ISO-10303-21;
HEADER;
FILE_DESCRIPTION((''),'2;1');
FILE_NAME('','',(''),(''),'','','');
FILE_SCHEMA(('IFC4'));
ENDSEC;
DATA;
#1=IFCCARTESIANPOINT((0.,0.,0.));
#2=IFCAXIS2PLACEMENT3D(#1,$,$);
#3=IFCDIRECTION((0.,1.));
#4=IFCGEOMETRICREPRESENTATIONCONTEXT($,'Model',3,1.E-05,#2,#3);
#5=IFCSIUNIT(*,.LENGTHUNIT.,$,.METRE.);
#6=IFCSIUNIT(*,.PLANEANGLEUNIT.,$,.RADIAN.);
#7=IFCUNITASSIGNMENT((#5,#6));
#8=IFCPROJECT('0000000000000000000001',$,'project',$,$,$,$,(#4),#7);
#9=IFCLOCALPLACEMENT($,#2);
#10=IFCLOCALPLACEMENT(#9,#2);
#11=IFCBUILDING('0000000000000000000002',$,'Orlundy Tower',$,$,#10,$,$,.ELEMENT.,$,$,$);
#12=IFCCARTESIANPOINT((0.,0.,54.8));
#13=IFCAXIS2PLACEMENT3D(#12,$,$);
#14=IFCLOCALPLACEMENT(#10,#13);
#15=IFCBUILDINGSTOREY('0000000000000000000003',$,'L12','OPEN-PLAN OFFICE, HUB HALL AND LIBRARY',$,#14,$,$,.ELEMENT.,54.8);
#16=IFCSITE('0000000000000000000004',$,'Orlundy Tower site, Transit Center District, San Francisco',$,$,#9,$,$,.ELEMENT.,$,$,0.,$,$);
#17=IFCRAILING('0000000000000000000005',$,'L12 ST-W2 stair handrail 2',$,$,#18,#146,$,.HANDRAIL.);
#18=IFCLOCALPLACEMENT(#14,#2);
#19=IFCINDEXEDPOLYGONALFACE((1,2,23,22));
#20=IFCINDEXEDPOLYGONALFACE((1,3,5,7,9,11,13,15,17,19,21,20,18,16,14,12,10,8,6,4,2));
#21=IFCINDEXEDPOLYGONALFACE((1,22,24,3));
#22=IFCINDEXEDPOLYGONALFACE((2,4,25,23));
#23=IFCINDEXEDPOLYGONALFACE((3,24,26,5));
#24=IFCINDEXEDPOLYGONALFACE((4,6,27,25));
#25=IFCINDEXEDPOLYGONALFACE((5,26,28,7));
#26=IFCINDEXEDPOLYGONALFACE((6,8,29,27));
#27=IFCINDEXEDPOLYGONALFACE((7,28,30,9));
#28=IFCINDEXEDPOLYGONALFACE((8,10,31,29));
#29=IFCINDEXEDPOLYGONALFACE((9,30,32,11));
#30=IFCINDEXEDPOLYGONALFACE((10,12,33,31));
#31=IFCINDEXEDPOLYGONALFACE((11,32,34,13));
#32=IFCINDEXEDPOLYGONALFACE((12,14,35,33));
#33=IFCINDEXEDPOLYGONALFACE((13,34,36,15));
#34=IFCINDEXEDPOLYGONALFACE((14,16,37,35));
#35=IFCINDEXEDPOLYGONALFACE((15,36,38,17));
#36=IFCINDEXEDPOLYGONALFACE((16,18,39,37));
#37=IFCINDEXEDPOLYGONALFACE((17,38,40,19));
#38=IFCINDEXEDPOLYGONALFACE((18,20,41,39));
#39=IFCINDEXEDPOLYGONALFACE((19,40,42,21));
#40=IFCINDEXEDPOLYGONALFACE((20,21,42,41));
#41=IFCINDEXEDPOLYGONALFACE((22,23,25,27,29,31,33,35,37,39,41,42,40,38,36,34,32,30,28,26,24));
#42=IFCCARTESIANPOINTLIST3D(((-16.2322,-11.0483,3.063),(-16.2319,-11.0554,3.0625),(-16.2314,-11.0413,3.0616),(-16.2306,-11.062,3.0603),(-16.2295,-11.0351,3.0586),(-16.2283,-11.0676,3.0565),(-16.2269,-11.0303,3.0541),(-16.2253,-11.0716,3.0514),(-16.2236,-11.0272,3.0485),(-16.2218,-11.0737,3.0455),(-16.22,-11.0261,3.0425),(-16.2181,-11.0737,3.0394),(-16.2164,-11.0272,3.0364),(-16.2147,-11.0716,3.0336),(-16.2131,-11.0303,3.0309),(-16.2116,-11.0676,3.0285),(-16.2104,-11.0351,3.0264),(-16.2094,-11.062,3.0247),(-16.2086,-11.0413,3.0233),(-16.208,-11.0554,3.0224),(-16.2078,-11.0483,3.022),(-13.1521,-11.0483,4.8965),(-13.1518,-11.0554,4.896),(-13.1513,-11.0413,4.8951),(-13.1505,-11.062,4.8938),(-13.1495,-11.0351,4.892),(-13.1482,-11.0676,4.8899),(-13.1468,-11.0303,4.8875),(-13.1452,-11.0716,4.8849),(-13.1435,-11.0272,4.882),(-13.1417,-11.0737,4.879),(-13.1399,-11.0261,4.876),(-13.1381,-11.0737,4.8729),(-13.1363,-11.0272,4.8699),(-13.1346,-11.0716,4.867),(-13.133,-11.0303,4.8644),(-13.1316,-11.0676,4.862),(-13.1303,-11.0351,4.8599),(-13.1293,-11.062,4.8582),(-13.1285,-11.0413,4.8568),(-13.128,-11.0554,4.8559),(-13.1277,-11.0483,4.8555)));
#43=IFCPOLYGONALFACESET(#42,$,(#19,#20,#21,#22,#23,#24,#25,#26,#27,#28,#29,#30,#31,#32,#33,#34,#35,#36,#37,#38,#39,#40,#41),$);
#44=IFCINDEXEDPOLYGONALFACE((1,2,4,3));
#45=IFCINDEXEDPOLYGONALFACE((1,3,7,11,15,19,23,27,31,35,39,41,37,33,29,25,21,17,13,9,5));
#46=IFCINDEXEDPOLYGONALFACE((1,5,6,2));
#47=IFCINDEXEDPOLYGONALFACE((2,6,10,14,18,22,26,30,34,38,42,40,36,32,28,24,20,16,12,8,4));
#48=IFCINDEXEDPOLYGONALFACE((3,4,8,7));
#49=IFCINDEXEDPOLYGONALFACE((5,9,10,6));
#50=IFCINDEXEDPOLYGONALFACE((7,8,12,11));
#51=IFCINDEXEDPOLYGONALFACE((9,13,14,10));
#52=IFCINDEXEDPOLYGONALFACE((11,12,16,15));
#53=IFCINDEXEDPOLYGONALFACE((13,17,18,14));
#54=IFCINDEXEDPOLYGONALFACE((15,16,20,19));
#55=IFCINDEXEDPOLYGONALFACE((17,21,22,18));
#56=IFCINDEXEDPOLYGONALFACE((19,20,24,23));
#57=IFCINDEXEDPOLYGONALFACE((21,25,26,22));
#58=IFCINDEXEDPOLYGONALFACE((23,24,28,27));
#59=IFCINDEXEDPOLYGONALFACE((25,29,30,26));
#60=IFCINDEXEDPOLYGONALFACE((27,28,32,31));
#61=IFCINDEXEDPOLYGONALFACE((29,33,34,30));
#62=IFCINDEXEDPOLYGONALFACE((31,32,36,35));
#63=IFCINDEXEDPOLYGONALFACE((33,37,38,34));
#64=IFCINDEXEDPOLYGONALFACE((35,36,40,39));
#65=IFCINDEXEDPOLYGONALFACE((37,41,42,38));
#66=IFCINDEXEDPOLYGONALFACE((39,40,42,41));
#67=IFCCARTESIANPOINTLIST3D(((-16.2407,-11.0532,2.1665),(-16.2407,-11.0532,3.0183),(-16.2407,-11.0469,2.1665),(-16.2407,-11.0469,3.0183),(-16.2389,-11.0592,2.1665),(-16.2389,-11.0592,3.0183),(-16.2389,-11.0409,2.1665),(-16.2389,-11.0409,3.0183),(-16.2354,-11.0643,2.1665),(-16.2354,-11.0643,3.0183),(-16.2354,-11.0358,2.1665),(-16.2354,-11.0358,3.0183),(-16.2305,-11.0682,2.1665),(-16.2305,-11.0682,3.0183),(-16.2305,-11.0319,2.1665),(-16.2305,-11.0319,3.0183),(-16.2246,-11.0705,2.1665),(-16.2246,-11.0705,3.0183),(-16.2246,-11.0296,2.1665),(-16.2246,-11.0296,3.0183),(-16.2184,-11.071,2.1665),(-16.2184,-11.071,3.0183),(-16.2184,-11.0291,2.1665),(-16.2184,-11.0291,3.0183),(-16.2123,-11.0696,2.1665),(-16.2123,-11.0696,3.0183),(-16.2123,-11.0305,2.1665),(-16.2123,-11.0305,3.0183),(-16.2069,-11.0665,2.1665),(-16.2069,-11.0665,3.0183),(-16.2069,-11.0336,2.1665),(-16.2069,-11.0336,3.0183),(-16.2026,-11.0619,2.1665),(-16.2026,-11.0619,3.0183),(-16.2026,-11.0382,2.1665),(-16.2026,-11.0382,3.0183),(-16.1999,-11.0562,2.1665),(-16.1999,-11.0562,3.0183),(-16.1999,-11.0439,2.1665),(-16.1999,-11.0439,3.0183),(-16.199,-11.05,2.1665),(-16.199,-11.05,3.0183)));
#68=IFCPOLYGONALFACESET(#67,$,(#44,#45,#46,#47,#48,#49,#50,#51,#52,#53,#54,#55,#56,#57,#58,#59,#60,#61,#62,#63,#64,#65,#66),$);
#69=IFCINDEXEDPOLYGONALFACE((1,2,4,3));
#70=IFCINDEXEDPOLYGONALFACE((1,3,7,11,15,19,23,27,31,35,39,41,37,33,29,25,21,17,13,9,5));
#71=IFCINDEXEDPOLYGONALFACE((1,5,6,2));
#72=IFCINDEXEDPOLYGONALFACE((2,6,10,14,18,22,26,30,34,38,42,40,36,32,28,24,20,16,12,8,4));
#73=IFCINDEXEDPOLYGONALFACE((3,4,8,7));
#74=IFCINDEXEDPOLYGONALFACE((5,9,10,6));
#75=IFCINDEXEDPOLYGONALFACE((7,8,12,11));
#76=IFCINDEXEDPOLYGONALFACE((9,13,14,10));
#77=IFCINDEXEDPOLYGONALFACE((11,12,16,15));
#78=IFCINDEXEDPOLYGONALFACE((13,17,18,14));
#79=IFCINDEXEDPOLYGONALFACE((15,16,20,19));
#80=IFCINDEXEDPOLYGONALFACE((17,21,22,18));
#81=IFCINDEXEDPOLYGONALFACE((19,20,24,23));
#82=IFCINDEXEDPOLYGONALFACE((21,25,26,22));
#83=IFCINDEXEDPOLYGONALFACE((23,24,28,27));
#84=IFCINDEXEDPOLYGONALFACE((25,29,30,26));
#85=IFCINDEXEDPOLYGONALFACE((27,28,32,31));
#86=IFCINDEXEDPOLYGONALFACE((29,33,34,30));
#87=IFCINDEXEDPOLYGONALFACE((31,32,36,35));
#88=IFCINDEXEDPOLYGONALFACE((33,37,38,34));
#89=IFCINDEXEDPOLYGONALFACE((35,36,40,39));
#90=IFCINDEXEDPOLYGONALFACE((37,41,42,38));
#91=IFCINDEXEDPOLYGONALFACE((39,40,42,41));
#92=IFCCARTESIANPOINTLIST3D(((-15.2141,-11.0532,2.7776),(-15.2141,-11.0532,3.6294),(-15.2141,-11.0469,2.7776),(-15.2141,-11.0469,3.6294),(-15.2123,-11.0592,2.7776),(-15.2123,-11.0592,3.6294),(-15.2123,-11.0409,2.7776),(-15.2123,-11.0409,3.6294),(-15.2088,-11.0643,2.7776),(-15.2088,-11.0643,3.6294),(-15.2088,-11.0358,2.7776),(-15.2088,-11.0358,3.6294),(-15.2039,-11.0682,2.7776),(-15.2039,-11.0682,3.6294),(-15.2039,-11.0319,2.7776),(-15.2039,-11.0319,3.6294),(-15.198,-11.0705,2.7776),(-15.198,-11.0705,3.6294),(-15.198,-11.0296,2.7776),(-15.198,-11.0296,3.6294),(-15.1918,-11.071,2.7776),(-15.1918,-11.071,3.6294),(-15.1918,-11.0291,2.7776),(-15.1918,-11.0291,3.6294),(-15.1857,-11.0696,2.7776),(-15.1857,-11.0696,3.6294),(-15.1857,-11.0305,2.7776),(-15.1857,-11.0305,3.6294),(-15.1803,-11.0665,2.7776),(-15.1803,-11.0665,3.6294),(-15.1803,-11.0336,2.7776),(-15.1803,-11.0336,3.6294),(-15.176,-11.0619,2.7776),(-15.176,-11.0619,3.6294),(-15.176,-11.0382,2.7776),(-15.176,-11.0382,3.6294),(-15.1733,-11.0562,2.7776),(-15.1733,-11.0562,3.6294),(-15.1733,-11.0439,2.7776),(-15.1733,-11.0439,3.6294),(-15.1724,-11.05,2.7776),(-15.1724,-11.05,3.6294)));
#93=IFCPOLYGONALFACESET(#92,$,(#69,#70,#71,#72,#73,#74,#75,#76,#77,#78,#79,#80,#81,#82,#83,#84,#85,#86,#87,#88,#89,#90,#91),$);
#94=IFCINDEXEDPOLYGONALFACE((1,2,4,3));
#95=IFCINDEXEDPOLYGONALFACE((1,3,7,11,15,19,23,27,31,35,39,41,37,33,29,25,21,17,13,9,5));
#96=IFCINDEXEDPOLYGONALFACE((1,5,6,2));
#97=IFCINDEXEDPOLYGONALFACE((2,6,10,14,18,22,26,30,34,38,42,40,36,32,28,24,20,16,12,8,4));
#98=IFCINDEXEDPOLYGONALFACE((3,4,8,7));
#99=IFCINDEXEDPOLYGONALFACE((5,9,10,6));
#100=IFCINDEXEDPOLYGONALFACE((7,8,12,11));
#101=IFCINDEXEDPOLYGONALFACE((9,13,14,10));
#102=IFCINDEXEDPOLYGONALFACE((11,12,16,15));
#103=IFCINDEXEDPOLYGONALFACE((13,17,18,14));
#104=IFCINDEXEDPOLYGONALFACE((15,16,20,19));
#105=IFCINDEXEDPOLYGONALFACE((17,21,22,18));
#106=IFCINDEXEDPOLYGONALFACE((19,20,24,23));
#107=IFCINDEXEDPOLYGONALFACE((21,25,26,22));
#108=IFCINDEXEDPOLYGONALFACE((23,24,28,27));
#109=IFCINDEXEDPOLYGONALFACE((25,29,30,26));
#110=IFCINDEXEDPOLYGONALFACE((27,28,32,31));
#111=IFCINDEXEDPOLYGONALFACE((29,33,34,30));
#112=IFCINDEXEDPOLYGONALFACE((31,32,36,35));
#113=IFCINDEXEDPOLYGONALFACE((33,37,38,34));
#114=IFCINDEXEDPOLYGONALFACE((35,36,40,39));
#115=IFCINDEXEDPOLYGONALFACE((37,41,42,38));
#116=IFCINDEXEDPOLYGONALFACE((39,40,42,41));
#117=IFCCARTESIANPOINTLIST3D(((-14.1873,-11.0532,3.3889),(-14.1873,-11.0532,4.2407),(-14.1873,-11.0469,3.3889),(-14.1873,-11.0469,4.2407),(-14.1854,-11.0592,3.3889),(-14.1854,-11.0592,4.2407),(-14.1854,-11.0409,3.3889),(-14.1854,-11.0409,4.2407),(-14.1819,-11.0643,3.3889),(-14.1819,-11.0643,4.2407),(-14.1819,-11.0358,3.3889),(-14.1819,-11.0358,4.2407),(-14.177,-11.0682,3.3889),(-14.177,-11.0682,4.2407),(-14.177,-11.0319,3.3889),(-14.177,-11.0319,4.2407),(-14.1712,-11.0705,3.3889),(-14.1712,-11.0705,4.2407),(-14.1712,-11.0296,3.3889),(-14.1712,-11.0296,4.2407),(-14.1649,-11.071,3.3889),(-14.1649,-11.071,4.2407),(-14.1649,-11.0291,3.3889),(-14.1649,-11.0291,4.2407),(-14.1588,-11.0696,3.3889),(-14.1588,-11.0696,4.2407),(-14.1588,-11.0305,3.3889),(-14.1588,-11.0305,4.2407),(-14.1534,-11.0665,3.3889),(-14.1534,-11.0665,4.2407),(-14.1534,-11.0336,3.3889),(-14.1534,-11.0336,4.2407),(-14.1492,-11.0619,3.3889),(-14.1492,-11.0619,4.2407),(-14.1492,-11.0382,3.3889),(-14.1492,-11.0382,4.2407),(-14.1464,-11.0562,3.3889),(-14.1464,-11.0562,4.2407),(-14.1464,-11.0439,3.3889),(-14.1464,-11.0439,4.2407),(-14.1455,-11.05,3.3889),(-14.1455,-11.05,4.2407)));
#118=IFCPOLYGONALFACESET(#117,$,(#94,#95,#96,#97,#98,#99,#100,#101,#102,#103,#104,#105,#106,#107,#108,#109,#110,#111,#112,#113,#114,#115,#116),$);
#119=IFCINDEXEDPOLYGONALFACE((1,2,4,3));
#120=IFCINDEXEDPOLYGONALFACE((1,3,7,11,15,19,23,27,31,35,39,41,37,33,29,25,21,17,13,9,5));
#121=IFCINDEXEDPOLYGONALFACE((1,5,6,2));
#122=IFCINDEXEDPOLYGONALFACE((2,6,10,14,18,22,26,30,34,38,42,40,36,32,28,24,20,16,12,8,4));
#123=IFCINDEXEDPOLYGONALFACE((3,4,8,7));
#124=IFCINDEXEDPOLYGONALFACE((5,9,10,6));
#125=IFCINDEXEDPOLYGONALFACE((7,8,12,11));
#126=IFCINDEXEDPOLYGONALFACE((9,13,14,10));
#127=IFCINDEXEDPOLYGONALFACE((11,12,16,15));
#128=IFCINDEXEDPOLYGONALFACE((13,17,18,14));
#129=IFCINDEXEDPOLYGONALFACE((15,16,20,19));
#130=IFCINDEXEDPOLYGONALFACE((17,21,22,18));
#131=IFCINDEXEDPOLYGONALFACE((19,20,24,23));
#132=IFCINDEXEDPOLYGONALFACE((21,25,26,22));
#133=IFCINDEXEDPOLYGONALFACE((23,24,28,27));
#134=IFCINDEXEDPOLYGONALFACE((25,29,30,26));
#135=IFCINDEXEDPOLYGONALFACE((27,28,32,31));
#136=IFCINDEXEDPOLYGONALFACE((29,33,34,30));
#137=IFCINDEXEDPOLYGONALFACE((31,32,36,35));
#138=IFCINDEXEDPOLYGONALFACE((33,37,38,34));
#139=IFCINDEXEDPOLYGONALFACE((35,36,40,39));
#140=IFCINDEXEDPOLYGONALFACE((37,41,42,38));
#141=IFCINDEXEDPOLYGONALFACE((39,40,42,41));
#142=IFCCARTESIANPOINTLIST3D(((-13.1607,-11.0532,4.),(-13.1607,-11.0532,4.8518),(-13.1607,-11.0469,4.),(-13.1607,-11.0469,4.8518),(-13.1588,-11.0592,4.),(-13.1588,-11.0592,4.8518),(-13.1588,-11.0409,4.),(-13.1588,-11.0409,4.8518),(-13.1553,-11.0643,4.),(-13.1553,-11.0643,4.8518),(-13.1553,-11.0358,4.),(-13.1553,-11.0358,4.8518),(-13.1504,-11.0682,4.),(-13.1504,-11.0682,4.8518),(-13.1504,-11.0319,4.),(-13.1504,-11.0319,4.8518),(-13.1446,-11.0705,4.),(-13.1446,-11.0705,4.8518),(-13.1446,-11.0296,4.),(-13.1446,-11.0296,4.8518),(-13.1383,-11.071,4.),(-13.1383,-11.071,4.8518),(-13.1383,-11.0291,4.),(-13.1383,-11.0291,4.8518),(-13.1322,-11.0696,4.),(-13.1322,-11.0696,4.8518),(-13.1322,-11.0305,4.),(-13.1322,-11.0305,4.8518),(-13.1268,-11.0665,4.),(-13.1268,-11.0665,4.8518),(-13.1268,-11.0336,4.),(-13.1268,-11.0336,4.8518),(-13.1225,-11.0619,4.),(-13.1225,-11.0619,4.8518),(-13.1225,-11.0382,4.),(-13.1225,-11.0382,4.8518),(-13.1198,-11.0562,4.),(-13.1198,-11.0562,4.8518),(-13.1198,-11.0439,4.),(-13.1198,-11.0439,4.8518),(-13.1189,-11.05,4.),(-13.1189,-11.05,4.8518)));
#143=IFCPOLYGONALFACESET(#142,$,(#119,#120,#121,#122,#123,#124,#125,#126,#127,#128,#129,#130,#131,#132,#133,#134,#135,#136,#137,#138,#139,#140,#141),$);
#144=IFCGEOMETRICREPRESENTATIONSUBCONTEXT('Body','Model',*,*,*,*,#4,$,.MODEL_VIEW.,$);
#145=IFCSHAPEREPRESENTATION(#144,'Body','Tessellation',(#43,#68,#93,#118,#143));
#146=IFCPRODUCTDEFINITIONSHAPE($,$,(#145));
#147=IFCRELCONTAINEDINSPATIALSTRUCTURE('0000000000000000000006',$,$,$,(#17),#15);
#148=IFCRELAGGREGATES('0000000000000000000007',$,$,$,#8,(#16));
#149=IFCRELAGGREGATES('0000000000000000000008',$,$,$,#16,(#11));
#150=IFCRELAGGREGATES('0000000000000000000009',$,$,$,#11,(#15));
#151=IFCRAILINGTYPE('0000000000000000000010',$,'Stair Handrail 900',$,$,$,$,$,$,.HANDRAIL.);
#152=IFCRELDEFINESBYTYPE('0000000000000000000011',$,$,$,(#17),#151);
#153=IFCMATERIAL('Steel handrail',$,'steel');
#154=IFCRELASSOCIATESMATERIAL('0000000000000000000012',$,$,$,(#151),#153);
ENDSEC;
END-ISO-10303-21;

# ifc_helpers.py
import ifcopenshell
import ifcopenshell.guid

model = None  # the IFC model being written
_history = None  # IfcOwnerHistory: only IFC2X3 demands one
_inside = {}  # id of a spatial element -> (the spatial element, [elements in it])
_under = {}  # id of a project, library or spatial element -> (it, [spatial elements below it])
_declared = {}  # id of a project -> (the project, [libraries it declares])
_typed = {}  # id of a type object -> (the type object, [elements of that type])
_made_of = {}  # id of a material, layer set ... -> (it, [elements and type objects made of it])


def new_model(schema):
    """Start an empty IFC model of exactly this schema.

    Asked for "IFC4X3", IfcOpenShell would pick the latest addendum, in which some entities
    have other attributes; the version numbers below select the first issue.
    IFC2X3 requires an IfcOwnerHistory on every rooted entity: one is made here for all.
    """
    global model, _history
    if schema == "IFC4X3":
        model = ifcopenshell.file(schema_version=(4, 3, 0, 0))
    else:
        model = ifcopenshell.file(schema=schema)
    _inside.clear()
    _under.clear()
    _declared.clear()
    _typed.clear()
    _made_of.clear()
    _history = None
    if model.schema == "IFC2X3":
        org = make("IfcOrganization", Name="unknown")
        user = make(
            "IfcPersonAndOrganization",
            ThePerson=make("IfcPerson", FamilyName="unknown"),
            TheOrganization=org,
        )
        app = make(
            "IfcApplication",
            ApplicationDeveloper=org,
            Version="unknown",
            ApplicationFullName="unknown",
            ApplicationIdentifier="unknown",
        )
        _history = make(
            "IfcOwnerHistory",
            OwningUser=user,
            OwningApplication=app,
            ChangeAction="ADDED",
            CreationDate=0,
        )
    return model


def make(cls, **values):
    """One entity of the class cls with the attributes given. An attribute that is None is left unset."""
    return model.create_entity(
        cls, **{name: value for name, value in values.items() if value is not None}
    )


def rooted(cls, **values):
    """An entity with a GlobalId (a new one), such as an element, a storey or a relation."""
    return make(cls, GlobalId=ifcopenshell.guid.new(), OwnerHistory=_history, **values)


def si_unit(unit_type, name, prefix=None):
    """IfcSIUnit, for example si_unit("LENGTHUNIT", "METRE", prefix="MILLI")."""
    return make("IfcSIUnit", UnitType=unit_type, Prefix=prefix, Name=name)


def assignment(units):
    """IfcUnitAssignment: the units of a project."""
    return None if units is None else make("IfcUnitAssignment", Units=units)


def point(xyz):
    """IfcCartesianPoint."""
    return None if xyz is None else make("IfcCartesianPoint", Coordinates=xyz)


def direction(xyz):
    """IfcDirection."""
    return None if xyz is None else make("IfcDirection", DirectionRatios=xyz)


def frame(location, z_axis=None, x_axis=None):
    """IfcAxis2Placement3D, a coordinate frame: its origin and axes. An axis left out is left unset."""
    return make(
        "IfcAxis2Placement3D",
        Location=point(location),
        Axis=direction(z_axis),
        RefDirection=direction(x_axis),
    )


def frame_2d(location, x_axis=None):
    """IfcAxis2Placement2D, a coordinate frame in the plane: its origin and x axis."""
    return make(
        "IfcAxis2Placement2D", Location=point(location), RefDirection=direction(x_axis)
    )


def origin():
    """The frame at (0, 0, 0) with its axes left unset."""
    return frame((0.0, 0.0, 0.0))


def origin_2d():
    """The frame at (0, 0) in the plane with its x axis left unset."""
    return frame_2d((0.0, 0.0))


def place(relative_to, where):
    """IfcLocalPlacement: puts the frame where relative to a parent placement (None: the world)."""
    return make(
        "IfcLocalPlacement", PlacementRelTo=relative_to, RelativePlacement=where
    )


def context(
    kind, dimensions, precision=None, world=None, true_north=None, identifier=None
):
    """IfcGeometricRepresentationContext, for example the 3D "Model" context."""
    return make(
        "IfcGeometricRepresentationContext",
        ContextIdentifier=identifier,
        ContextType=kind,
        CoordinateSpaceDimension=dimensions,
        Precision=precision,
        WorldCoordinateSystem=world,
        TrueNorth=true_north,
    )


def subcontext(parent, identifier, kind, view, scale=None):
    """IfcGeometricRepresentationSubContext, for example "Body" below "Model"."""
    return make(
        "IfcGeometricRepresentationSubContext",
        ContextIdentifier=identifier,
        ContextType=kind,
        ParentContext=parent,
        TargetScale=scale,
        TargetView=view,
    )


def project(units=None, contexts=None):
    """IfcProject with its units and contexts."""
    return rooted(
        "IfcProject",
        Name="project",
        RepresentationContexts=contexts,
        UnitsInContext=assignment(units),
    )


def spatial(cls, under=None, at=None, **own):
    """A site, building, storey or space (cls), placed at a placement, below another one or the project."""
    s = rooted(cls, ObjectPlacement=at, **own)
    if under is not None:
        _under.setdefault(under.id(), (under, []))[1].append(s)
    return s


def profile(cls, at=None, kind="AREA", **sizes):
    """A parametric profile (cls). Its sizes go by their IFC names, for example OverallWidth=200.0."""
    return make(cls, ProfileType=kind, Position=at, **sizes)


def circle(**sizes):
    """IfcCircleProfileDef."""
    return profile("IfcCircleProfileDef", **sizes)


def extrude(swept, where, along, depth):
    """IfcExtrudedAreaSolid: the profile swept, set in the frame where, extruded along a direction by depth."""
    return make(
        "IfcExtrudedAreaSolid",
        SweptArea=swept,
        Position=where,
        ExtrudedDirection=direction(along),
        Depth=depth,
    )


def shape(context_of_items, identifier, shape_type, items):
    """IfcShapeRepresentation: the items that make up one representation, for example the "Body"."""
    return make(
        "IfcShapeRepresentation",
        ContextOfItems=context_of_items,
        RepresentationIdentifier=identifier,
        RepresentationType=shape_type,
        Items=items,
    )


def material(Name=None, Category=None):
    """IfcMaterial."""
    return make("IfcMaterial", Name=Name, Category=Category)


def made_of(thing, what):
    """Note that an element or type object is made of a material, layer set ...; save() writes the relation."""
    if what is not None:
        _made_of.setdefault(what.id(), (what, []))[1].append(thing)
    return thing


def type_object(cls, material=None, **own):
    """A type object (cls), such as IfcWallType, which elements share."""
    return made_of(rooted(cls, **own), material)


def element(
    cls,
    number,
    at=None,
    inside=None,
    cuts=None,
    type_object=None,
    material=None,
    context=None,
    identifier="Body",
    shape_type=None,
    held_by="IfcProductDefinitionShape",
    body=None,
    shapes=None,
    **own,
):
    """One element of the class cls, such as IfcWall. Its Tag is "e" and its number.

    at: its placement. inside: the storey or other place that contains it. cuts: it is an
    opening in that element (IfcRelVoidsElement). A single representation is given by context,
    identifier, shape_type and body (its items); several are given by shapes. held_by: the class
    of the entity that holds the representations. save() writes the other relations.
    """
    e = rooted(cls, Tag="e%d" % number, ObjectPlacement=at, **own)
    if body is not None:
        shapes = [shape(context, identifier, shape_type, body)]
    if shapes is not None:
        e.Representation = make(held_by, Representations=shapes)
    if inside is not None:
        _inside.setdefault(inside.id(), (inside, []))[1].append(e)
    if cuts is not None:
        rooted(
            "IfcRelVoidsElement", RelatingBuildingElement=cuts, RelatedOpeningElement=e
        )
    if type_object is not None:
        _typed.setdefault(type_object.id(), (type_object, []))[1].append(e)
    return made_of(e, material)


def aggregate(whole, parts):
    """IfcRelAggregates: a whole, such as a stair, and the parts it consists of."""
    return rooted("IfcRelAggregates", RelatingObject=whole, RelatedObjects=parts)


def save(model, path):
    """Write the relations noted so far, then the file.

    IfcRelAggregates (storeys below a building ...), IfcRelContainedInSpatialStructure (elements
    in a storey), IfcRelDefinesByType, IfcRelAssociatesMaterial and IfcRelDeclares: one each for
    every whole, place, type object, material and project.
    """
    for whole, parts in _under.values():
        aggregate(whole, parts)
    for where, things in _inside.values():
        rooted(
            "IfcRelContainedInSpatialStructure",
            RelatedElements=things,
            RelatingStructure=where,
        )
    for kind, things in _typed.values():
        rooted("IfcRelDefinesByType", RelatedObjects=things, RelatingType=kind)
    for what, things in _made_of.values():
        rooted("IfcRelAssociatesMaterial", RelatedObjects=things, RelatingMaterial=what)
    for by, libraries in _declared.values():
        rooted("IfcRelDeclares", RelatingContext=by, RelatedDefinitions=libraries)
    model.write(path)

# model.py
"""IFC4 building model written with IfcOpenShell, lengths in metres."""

from ifc_helpers import new_model, si_unit, direction, frame, origin, origin_2d, place, context, subcontext, project, spatial, circle, extrude, material, type_object, element, save


model = new_model("IFC4")

# Units and contexts
model_context = context("Model", 3, precision=1e-05, world=origin(), true_north=direction((0.0, 1.0)))
body_context = subcontext(model_context, "Body", "Model", "MODEL_VIEW")
ifc_project = project(units=[si_unit("LENGTHUNIT", "METRE"), si_unit("PLANEANGLEUNIT", "RADIAN")], contexts=[model_context])

# Site, building, storey
site_placement = place(None, origin())
site = spatial("IfcSite", under=ifc_project, at=site_placement, Name="Orlundy Tower site, Transit Center District, San Francisco", CompositionType="ELEMENT", RefElevation=0.0)
building_placement = place(site_placement, origin())
building = spatial("IfcBuilding", under=site, at=building_placement, Name="Orlundy Tower", CompositionType="ELEMENT")
storey_placement = place(building_placement, frame((0.0, 0.0, 54.8)))
storey = spatial("IfcBuildingStorey", under=building, at=storey_placement, Name="L12", Description="OPEN-PLAN OFFICE, HUB HALL AND LIBRARY", CompositionType="ELEMENT", Elevation=54.8)

# Railing
ifc_material_1 = material(Name="Steel handrail", Category="steel")
railing_type_1 = type_object("IfcRailingType", Name="Stair Handrail 900", PredefinedType="HANDRAIL", material=ifc_material_1)
railing_1_placement = place(storey_placement, frame((-16.22, -11.05, 2.1665)))
element("IfcRailing", 1, at=railing_1_placement, inside=storey, type_object=railing_type_1, Name="L12 ST-W2 stair handrail 2", PredefinedType="HANDRAIL", context=body_context, shape_type="SweptSolid", body=[
    extrude(circle(Radius=0.0239, at=origin_2d()), frame((0.0, 0.0, 0.876), z_axis=(0.859279, 0.0, 0.511508), x_axis=(0.0, 1.0, 0.0)), (0.0, 0.0, 1.0), 3.5845),
    extrude(circle(Radius=0.021, at=origin_2d()), origin(), (0.0, 0.0, 1.0), 0.8518),
    extrude(circle(Radius=0.021, at=origin_2d()), frame((1.0266, 0.0, 0.6111)), (0.0, 0.0, 1.0), 0.8518),
    extrude(circle(Radius=0.021, at=origin_2d()), frame((2.0535, 0.0, 1.2224)), (0.0, 0.0, 1.0), 0.8518),
    extrude(circle(Radius=0.021, at=origin_2d()), frame((3.0801, 0.0, 1.8335)), (0.0, 0.0, 1.0), 0.8518),
])

save(model, "model.ifc")
